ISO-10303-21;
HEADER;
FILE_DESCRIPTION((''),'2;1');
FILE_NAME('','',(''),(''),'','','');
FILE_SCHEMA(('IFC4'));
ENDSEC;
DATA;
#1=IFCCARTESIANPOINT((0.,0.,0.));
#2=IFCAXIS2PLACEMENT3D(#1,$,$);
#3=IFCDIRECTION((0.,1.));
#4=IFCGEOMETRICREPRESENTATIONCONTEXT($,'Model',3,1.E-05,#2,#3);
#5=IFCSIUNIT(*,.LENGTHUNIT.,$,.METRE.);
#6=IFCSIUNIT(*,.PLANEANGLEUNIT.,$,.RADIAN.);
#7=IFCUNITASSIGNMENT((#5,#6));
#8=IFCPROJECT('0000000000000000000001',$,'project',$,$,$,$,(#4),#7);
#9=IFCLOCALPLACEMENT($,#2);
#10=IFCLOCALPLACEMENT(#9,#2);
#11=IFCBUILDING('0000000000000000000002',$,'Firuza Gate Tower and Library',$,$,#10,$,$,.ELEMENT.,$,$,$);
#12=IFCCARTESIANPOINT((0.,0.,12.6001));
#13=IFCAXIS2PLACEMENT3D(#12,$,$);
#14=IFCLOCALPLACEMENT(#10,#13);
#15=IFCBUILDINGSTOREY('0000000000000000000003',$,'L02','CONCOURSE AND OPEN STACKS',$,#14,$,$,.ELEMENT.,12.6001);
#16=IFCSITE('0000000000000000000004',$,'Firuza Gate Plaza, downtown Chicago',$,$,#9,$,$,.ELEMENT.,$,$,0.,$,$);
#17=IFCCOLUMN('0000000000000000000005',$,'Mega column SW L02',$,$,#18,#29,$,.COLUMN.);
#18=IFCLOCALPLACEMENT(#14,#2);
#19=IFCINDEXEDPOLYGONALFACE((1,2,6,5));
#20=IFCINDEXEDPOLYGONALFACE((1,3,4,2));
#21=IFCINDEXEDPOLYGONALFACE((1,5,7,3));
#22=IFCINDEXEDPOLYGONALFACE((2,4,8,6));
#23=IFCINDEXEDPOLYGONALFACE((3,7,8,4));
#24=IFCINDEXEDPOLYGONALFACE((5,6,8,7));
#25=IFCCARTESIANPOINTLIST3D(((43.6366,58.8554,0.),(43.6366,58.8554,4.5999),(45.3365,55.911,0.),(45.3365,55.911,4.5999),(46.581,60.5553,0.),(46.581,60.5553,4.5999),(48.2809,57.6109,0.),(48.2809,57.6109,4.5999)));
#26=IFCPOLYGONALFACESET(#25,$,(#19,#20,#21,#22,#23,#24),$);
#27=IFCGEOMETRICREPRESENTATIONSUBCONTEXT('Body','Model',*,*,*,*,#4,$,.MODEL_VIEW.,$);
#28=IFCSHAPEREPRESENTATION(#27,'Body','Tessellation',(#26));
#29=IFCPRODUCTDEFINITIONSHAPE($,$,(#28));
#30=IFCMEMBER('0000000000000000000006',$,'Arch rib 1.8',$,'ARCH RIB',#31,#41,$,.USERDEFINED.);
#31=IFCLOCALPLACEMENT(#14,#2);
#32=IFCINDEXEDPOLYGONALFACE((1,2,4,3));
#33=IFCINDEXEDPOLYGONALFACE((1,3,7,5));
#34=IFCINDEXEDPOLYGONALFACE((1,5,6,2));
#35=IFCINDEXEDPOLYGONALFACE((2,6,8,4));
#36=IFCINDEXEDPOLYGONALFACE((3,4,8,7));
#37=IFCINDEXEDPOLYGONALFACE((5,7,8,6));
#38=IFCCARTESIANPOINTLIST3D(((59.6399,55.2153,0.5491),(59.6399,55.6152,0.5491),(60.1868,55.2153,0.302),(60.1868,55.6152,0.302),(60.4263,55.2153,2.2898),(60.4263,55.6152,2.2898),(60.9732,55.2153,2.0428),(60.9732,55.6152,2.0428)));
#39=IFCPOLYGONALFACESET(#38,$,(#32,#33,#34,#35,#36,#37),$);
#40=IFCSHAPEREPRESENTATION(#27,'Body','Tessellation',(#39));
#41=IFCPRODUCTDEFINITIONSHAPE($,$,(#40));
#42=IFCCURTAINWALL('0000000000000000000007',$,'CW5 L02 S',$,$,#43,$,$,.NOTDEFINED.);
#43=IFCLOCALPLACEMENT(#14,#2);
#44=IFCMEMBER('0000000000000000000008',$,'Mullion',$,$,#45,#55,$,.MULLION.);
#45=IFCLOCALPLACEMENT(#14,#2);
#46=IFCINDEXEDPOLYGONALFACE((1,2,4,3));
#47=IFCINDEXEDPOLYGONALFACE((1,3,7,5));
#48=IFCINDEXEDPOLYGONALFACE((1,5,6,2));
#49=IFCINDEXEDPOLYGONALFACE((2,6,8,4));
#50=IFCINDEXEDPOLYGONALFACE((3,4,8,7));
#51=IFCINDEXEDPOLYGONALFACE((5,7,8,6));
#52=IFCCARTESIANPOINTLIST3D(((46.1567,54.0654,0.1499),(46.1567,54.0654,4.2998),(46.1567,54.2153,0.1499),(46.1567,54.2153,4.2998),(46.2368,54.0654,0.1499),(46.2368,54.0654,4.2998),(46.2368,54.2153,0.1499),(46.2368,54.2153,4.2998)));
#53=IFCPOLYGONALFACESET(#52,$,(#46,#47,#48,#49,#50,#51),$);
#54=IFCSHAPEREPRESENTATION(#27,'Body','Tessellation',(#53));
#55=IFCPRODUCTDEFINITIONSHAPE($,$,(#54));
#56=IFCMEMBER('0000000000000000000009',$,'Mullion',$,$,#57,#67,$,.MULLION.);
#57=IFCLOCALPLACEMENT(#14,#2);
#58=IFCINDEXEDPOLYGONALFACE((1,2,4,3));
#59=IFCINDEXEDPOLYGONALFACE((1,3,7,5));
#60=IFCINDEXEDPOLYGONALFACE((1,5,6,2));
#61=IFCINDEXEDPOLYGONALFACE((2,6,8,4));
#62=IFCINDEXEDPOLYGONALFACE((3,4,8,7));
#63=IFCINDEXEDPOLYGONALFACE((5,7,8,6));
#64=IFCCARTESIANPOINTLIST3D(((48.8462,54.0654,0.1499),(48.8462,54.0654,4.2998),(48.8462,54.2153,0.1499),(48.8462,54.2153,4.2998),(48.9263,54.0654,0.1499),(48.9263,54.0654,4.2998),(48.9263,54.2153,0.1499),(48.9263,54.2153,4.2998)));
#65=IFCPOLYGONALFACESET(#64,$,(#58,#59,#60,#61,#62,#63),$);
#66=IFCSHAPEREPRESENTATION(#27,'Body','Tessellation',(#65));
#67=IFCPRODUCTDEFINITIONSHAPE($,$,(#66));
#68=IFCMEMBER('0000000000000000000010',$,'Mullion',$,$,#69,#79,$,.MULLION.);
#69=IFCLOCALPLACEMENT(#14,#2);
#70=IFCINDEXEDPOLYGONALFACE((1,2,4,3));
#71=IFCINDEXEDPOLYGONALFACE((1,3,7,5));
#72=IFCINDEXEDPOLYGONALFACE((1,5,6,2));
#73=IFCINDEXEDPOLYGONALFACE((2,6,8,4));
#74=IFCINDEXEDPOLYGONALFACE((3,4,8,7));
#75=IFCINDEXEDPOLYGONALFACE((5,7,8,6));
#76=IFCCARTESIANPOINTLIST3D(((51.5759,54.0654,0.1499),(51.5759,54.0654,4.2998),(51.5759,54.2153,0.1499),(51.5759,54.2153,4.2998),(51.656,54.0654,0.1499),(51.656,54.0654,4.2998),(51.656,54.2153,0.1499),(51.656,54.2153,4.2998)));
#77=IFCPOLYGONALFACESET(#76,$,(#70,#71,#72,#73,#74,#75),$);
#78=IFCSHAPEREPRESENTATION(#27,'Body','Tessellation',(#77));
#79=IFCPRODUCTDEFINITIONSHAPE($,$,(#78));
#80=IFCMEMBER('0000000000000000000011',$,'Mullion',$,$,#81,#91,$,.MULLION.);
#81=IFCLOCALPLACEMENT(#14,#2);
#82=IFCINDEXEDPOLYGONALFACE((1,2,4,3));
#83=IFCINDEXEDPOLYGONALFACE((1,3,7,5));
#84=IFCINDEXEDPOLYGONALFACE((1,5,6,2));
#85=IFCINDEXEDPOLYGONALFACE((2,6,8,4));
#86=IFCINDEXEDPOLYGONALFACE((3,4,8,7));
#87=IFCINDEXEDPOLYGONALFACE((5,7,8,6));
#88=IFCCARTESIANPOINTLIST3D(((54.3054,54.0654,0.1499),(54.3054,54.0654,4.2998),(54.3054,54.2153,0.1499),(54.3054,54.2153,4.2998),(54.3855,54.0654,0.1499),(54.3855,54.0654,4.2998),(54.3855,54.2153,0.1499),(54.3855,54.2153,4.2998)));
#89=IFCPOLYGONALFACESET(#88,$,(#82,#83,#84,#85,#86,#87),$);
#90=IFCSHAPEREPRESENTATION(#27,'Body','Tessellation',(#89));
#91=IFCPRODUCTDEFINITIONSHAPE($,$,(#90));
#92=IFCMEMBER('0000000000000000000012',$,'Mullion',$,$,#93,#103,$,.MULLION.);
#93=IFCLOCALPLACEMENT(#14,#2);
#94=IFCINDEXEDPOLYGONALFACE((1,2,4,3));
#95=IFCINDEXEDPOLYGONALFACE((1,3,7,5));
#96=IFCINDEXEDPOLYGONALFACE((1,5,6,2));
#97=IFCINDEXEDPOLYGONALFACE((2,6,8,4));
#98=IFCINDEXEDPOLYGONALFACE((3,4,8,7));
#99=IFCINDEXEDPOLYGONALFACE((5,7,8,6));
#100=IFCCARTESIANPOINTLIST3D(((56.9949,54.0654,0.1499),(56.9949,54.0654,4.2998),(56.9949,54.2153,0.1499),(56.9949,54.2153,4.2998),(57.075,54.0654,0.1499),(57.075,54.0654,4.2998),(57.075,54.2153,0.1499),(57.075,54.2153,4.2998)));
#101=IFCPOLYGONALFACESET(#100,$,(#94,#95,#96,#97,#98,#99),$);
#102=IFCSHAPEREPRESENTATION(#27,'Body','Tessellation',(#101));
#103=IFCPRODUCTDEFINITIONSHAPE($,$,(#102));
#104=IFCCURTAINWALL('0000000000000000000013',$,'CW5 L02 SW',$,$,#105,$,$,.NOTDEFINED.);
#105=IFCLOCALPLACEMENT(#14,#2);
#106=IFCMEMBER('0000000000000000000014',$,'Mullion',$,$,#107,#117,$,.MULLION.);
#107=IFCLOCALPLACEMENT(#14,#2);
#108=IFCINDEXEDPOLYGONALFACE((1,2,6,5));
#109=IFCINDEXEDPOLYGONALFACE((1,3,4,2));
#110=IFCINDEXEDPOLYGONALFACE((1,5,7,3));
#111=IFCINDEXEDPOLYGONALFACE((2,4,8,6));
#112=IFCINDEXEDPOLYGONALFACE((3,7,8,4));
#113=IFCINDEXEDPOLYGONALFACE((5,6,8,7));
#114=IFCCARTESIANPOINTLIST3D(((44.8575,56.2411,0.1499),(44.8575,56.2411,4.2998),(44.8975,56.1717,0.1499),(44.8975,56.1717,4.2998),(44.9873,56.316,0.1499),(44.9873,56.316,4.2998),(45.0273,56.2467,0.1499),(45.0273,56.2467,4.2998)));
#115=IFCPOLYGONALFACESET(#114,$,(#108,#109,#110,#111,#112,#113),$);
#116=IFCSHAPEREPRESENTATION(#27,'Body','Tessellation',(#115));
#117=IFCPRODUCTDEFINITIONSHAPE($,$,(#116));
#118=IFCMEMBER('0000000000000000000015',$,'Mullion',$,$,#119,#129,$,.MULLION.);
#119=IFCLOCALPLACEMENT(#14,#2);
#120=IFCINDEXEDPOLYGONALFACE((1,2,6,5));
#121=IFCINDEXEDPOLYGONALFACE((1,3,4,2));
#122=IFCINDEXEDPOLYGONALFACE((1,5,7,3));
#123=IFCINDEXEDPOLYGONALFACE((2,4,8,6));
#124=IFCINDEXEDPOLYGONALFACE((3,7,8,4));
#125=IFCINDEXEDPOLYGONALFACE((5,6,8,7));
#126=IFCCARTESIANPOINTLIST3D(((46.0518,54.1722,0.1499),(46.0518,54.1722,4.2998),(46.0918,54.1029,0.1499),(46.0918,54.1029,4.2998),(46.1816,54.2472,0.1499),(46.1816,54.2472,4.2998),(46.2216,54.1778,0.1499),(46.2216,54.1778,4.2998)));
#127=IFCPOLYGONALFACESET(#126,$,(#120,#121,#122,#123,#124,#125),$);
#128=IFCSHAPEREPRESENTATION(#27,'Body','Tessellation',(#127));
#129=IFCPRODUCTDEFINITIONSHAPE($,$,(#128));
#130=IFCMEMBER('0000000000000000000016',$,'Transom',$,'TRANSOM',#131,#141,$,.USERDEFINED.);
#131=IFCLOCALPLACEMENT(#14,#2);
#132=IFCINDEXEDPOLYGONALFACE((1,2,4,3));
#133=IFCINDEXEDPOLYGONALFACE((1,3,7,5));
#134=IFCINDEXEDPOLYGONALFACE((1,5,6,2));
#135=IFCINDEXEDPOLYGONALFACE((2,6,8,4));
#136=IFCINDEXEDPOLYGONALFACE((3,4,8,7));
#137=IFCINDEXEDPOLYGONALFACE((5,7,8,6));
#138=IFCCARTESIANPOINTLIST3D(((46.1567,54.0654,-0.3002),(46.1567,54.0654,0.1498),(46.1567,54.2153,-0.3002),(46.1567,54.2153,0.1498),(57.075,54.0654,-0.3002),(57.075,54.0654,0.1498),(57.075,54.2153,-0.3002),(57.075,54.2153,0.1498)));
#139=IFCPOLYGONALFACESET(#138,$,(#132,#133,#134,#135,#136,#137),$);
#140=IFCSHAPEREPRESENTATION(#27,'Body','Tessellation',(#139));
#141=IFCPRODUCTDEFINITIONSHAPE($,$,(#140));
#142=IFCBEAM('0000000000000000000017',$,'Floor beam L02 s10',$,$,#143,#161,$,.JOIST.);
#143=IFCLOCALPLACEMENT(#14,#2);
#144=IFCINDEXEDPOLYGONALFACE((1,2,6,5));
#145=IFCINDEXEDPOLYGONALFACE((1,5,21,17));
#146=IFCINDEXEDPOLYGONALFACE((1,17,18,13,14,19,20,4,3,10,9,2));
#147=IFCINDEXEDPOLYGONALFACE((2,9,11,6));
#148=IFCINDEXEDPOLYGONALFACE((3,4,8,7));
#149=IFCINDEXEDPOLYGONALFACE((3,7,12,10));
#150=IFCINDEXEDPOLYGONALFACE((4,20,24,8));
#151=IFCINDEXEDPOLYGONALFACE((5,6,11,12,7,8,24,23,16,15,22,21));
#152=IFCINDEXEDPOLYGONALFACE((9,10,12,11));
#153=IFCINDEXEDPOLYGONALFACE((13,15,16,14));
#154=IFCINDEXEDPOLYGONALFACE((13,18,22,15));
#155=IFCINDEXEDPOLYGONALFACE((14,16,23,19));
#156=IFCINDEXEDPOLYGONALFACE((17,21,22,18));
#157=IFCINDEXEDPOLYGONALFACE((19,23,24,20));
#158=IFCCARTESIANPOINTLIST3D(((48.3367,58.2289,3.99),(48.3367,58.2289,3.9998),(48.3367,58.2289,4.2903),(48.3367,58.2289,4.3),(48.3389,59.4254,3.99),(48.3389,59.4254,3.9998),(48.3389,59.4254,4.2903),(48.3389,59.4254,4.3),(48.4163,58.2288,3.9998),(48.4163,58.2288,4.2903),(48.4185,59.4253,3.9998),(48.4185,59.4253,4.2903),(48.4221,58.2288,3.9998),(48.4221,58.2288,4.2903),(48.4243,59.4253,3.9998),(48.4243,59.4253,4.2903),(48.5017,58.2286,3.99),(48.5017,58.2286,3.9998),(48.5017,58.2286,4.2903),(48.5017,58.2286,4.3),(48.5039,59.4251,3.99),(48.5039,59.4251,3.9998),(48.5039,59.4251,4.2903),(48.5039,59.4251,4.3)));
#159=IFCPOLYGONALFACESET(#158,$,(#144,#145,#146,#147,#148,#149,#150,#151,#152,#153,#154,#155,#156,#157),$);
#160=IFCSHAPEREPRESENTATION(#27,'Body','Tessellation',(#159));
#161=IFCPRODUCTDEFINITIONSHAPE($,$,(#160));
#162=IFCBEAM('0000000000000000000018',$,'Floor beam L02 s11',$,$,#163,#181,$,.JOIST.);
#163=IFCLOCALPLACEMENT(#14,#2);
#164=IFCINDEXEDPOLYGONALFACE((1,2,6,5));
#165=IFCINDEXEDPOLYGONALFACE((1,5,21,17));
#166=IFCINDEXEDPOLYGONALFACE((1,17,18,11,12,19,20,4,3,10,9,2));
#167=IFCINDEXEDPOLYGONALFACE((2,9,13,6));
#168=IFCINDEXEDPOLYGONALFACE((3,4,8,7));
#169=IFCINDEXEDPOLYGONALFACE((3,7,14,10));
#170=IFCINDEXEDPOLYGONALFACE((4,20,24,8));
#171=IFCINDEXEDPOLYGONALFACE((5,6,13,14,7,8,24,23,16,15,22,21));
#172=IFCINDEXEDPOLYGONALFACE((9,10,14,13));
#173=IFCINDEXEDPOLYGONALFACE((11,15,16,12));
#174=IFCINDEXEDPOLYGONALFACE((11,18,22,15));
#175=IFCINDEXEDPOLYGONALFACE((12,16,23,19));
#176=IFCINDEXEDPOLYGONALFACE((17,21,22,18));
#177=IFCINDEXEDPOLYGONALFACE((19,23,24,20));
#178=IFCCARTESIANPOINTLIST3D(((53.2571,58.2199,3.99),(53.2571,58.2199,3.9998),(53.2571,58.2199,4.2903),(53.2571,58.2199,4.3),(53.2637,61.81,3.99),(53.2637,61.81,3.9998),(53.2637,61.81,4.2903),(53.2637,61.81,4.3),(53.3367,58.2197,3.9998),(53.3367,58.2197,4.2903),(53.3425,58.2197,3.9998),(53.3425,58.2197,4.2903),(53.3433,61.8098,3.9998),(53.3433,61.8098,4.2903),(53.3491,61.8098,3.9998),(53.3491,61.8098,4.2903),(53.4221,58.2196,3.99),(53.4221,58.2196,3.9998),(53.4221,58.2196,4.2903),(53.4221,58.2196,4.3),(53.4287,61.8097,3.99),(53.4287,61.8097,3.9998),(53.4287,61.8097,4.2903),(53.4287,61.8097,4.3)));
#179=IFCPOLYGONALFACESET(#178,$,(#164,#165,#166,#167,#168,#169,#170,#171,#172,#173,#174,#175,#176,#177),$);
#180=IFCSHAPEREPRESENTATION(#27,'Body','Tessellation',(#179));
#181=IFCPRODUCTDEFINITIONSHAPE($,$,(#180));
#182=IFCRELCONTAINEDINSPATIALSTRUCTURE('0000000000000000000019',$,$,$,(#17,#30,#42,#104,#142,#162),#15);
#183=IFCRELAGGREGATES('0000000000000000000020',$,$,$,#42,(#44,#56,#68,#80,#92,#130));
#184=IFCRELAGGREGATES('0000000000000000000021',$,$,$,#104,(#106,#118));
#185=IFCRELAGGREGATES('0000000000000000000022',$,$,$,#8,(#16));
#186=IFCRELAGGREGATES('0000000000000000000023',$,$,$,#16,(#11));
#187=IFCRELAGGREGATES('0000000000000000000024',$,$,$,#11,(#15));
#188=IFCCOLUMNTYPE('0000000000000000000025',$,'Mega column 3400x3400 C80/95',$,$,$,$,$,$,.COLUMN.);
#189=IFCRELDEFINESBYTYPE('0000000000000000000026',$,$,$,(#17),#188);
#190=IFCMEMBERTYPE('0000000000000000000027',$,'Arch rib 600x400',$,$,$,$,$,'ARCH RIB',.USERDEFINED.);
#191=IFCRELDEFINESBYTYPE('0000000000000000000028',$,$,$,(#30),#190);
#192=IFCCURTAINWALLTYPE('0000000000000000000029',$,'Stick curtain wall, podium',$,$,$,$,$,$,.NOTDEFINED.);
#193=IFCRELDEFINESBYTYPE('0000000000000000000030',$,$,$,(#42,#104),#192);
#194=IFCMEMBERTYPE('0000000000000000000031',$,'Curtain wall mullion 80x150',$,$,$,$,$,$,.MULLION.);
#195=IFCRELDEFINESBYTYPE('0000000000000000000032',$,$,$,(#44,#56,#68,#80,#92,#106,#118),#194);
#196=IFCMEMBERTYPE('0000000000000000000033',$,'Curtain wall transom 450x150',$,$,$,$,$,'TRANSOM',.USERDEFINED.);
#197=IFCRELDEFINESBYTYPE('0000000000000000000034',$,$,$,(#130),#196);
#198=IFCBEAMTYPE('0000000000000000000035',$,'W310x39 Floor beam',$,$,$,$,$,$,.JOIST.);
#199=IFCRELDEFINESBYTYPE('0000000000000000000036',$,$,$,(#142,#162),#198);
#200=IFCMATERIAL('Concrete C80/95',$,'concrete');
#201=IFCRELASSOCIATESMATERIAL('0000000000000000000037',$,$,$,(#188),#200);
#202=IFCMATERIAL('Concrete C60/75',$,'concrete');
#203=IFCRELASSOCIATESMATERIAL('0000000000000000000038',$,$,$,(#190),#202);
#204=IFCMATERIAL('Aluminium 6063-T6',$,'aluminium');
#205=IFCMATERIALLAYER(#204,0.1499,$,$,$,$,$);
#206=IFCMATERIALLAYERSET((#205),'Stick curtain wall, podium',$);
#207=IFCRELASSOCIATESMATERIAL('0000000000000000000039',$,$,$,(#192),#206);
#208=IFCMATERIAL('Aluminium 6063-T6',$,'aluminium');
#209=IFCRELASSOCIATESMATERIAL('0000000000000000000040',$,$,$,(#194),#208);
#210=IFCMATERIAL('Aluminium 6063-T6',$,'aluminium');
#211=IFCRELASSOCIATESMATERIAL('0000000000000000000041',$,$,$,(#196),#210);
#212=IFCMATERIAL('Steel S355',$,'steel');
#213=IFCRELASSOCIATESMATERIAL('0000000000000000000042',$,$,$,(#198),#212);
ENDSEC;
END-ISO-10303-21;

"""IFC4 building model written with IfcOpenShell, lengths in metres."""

from ifc_helpers import new_model, si_unit, direction, frame, origin, origin_2d, place, context, subcontext, project, spatial, rectangle, i_section, extrude, material, layer, layer_set, material_profile, profile_set, type_object, element, aggregate, save


model = new_model("IFC4")

# Units and contexts
model_context = context("Model", 3, precision=1e-05, world=origin(), true_north=direction((0.0, 1.0)))
body_context = subcontext(model_context, "Body", "Model", "MODEL_VIEW")
ifc_project = project(units=[si_unit("LENGTHUNIT", "METRE"), si_unit("PLANEANGLEUNIT", "RADIAN")], contexts=[model_context])

# Site, building, storey
site_placement = place(None, origin())
site = spatial("IfcSite", under=ifc_project, at=site_placement, Name="Firuza Gate Plaza, downtown Chicago", CompositionType="ELEMENT", RefElevation=0.0)
building_placement = place(site_placement, origin())
building = spatial("IfcBuilding", under=site, at=building_placement, Name="Firuza Gate Tower and Library", CompositionType="ELEMENT")
storey_placement = place(building_placement, frame((0.0, 0.0, 12.6001)))
storey = spatial("IfcBuildingStorey", under=building, at=storey_placement, Name="L02", Description="CONCOURSE AND OPEN STACKS", CompositionType="ELEMENT", Elevation=12.6001)

# Column
ifc_material_1 = material(Name="Concrete C80/95", Category="concrete")
ifc_material_profile_1 = material_profile(ifc_material_1, rectangle(XDim=3.3999, YDim=3.3999, at=origin_2d()))
ifc_profile_set_1 = profile_set([ifc_material_profile_1], Name="Concrete C80/95")
column_type = type_object("IfcColumnType", Name="Mega column 3400x3400 C80/95", PredefinedType="COLUMN", material=ifc_profile_set_1)
column_placement = place(storey_placement, frame((45.9587, 58.2332, 0.0), z_axis=(0.0, 0.0, 1.0), x_axis=(0.5, -0.866025, 0.0)))
element("IfcColumn", 1, at=column_placement, inside=storey, type_object=column_type, Name="Mega column SW L02", PredefinedType="COLUMN", context=body_context, shape_type="SweptSolid", body=[
    extrude(rectangle(XDim=3.3999, YDim=3.3999, at=origin_2d()), origin(), (0.0, 0.0, 1.0), 4.5999),
])

# Member
ifc_material_2 = material(Name="Concrete C60/75", Category="concrete")
ifc_material_profile_2 = material_profile(ifc_material_2, rectangle(XDim=0.3999, YDim=0.6001, at=origin_2d()))
ifc_profile_set_2 = profile_set([ifc_material_profile_2], Name="Concrete C60/75")
member_type_1 = type_object("IfcMemberType", Name="Arch rib 600x400", ElementType="ARCH RIB", PredefinedType="USERDEFINED", material=ifc_profile_set_2)
member_1_placement = place(storey_placement, frame((59.9133, 55.4153, 0.4255), z_axis=(0.411693, 0.0, 0.911323), x_axis=(0.0, 1.0, 0.0)))
element("IfcMember", 2, at=member_1_placement, inside=storey, type_object=member_type_1, Name="Arch rib 1.8", ObjectType="ARCH RIB", PredefinedType="USERDEFINED", context=body_context, shape_type="SweptSolid", body=[
    extrude(rectangle(XDim=0.3999, YDim=0.6001, at=origin_2d()), origin(), (0.0, 0.0, 1.0), 1.9102),
])

# Curtain walls, members
ifc_material_3 = material(Name="Aluminium 6063-T6", Category="aluminium")
ifc_layer_1 = layer(ifc_material_3, 0.1499)
ifc_layer_set_1 = layer_set([ifc_layer_1], Name="Stick curtain wall, podium")
curtain_wall_type = type_object("IfcCurtainWallType", Name="Stick curtain wall, podium", PredefinedType="NOTDEFINED", material=ifc_layer_set_1)
placement_1 = place(storey_placement, origin())
curtain_wall_1 = element("IfcCurtainWall", 3, at=placement_1, inside=storey, type_object=curtain_wall_type, Name="CW5 L02 S", PredefinedType="NOTDEFINED")
ifc_material_4 = material(Name="Aluminium 6063-T6", Category="aluminium")
ifc_material_profile_3 = material_profile(ifc_material_4, rectangle(XDim=0.1499, YDim=0.0801, at=origin_2d()))
ifc_profile_set_3 = profile_set([ifc_material_profile_3], Name="Aluminium 6063-T6")
member_type_2 = type_object("IfcMemberType", Name="Curtain wall mullion 80x150", PredefinedType="MULLION", material=ifc_profile_set_3)
member_2_placement = place(storey_placement, frame((46.1968, 54.1404, 0.1499), z_axis=(0.0, 0.0, 1.0), x_axis=(0.0, 1.0, 0.0)))
member_2 = element("IfcMember", 4, at=member_2_placement, type_object=member_type_2, Name="Mullion", PredefinedType="MULLION", context=body_context, shape_type="SweptSolid", body=[
    extrude(rectangle(XDim=0.1499, YDim=0.0801, at=origin_2d()), origin(), (0.0, 0.0, 1.0), 4.1499),
])
member_3_placement = place(storey_placement, frame((48.8862, 54.1404, 0.1499), z_axis=(0.0, 0.0, 1.0), x_axis=(0.0, 1.0, 0.0)))
member_3 = element("IfcMember", 5, at=member_3_placement, type_object=member_type_2, Name="Mullion", PredefinedType="MULLION", context=body_context, shape_type="SweptSolid", body=[
    extrude(rectangle(XDim=0.1499, YDim=0.0801, at=origin_2d()), origin(), (0.0, 0.0, 1.0), 4.1499),
])
member_4_placement = place(storey_placement, frame((51.616, 54.1404, 0.1499), z_axis=(0.0, 0.0, 1.0), x_axis=(0.0, 1.0, 0.0)))
member_4 = element("IfcMember", 6, at=member_4_placement, type_object=member_type_2, Name="Mullion", PredefinedType="MULLION", context=body_context, shape_type="SweptSolid", body=[
    extrude(rectangle(XDim=0.1499, YDim=0.0801, at=origin_2d()), origin(), (0.0, 0.0, 1.0), 4.1499),
])
member_5_placement = place(storey_placement, frame((54.3455, 54.1404, 0.1499), z_axis=(0.0, 0.0, 1.0), x_axis=(0.0, 1.0, 0.0)))
member_5 = element("IfcMember", 7, at=member_5_placement, type_object=member_type_2, Name="Mullion", PredefinedType="MULLION", context=body_context, shape_type="SweptSolid", body=[
    extrude(rectangle(XDim=0.1499, YDim=0.0801, at=origin_2d()), origin(), (0.0, 0.0, 1.0), 4.1499),
])
member_6_placement = place(storey_placement, frame((57.0349, 54.1404, 0.1499), z_axis=(0.0, 0.0, 1.0), x_axis=(0.0, 1.0, 0.0)))
member_6 = element("IfcMember", 8, at=member_6_placement, type_object=member_type_2, Name="Mullion", PredefinedType="MULLION", context=body_context, shape_type="SweptSolid", body=[
    extrude(rectangle(XDim=0.1499, YDim=0.0801, at=origin_2d()), origin(), (0.0, 0.0, 1.0), 4.1499),
])
curtain_wall_2 = element("IfcCurtainWall", 9, at=placement_1, inside=storey, type_object=curtain_wall_type, Name="CW5 L02 SW", PredefinedType="NOTDEFINED")
member_7_placement = place(storey_placement, frame((44.9424, 56.2439, 0.1499), z_axis=(0.0, 0.0, 1.0), x_axis=(0.866025, 0.5, 0.0)))
member_7 = element("IfcMember", 10, at=member_7_placement, type_object=member_type_2, Name="Mullion", PredefinedType="MULLION", context=body_context, shape_type="SweptSolid", body=[
    extrude(rectangle(XDim=0.1499, YDim=0.0801, at=origin_2d()), origin(), (0.0, 0.0, 1.0), 4.1499),
])
member_8_placement = place(storey_placement, frame((46.1367, 54.175, 0.1499), z_axis=(0.0, 0.0, 1.0), x_axis=(0.866025, 0.5, 0.0)))
member_8 = element("IfcMember", 11, at=member_8_placement, type_object=member_type_2, Name="Mullion", PredefinedType="MULLION", context=body_context, shape_type="SweptSolid", body=[
    extrude(rectangle(XDim=0.1499, YDim=0.0801, at=origin_2d()), origin(), (0.0, 0.0, 1.0), 4.1499),
])

# Member
ifc_material_5 = material(Name="Aluminium 6063-T6", Category="aluminium")
ifc_material_profile_4 = material_profile(ifc_material_5, rectangle(XDim=0.1499, YDim=0.45, at=origin_2d()))
ifc_profile_set_4 = profile_set([ifc_material_profile_4], Name="Aluminium 6063-T6")
member_type_3 = type_object("IfcMemberType", Name="Curtain wall transom 450x150", ElementType="TRANSOM", PredefinedType="USERDEFINED", material=ifc_profile_set_4)
member_9_placement = place(storey_placement, frame((46.1567, 54.1404, -0.0752), z_axis=(1.0, 0.0, 0.0), x_axis=(0.0, 1.0, 0.0)))
member_9 = element("IfcMember", 12, at=member_9_placement, type_object=member_type_3, Name="Transom", ObjectType="TRANSOM", PredefinedType="USERDEFINED", context=body_context, shape_type="SweptSolid", body=[
    extrude(rectangle(XDim=0.1499, YDim=0.45, at=origin_2d()), origin(), (0.0, 0.0, 1.0), 10.9182),
])

# Beams
ifc_material_6 = material(Name="Steel S355", Category="steel")
ifc_material_profile_5 = material_profile(ifc_material_6, i_section(OverallWidth=0.165, OverallDepth=0.3101, WebThickness=0.0059, FlangeThickness=0.0098, at=origin_2d()))
ifc_profile_set_5 = profile_set([ifc_material_profile_5], Name="Steel S355")
beam_type_1 = type_object("IfcBeamType", Name="W310x39 Floor beam", PredefinedType="JOIST", material=ifc_profile_set_5)
beam_1_placement = place(storey_placement, frame((48.4192, 58.2288, 4.145), z_axis=(0.001836, 0.999998, 0.0), x_axis=(-0.999998, 0.001836, 0.0)))
element("IfcBeam", 13, at=beam_1_placement, inside=storey, type_object=beam_type_1, Name="Floor beam L02 s10", PredefinedType="JOIST", context=body_context, shape_type="SweptSolid", body=[
    extrude(i_section(OverallWidth=0.165, OverallDepth=0.3101, WebThickness=0.0059, FlangeThickness=0.0098, at=origin_2d()), origin(), (0.0, 0.0, 1.0), 1.1965),
])
beam_2_placement = place(storey_placement, frame((53.3396, 58.2197, 4.145), z_axis=(0.001836, 0.999998, 0.0), x_axis=(-0.999998, 0.001836, 0.0)))
element("IfcBeam", 14, at=beam_2_placement, inside=storey, type_object=beam_type_1, Name="Floor beam L02 s11", PredefinedType="JOIST", context=body_context, shape_type="SweptSolid", body=[
    extrude(i_section(OverallWidth=0.165, OverallDepth=0.3101, WebThickness=0.0059, FlangeThickness=0.0098, at=origin_2d()), origin(), (0.0, 0.0, 1.0), 3.5901),
])

aggregate(curtain_wall_1, [member_2, member_3, member_4, member_5, member_6, member_9])
aggregate(curtain_wall_2, [member_7, member_8])

save(model, "model.ifc")
